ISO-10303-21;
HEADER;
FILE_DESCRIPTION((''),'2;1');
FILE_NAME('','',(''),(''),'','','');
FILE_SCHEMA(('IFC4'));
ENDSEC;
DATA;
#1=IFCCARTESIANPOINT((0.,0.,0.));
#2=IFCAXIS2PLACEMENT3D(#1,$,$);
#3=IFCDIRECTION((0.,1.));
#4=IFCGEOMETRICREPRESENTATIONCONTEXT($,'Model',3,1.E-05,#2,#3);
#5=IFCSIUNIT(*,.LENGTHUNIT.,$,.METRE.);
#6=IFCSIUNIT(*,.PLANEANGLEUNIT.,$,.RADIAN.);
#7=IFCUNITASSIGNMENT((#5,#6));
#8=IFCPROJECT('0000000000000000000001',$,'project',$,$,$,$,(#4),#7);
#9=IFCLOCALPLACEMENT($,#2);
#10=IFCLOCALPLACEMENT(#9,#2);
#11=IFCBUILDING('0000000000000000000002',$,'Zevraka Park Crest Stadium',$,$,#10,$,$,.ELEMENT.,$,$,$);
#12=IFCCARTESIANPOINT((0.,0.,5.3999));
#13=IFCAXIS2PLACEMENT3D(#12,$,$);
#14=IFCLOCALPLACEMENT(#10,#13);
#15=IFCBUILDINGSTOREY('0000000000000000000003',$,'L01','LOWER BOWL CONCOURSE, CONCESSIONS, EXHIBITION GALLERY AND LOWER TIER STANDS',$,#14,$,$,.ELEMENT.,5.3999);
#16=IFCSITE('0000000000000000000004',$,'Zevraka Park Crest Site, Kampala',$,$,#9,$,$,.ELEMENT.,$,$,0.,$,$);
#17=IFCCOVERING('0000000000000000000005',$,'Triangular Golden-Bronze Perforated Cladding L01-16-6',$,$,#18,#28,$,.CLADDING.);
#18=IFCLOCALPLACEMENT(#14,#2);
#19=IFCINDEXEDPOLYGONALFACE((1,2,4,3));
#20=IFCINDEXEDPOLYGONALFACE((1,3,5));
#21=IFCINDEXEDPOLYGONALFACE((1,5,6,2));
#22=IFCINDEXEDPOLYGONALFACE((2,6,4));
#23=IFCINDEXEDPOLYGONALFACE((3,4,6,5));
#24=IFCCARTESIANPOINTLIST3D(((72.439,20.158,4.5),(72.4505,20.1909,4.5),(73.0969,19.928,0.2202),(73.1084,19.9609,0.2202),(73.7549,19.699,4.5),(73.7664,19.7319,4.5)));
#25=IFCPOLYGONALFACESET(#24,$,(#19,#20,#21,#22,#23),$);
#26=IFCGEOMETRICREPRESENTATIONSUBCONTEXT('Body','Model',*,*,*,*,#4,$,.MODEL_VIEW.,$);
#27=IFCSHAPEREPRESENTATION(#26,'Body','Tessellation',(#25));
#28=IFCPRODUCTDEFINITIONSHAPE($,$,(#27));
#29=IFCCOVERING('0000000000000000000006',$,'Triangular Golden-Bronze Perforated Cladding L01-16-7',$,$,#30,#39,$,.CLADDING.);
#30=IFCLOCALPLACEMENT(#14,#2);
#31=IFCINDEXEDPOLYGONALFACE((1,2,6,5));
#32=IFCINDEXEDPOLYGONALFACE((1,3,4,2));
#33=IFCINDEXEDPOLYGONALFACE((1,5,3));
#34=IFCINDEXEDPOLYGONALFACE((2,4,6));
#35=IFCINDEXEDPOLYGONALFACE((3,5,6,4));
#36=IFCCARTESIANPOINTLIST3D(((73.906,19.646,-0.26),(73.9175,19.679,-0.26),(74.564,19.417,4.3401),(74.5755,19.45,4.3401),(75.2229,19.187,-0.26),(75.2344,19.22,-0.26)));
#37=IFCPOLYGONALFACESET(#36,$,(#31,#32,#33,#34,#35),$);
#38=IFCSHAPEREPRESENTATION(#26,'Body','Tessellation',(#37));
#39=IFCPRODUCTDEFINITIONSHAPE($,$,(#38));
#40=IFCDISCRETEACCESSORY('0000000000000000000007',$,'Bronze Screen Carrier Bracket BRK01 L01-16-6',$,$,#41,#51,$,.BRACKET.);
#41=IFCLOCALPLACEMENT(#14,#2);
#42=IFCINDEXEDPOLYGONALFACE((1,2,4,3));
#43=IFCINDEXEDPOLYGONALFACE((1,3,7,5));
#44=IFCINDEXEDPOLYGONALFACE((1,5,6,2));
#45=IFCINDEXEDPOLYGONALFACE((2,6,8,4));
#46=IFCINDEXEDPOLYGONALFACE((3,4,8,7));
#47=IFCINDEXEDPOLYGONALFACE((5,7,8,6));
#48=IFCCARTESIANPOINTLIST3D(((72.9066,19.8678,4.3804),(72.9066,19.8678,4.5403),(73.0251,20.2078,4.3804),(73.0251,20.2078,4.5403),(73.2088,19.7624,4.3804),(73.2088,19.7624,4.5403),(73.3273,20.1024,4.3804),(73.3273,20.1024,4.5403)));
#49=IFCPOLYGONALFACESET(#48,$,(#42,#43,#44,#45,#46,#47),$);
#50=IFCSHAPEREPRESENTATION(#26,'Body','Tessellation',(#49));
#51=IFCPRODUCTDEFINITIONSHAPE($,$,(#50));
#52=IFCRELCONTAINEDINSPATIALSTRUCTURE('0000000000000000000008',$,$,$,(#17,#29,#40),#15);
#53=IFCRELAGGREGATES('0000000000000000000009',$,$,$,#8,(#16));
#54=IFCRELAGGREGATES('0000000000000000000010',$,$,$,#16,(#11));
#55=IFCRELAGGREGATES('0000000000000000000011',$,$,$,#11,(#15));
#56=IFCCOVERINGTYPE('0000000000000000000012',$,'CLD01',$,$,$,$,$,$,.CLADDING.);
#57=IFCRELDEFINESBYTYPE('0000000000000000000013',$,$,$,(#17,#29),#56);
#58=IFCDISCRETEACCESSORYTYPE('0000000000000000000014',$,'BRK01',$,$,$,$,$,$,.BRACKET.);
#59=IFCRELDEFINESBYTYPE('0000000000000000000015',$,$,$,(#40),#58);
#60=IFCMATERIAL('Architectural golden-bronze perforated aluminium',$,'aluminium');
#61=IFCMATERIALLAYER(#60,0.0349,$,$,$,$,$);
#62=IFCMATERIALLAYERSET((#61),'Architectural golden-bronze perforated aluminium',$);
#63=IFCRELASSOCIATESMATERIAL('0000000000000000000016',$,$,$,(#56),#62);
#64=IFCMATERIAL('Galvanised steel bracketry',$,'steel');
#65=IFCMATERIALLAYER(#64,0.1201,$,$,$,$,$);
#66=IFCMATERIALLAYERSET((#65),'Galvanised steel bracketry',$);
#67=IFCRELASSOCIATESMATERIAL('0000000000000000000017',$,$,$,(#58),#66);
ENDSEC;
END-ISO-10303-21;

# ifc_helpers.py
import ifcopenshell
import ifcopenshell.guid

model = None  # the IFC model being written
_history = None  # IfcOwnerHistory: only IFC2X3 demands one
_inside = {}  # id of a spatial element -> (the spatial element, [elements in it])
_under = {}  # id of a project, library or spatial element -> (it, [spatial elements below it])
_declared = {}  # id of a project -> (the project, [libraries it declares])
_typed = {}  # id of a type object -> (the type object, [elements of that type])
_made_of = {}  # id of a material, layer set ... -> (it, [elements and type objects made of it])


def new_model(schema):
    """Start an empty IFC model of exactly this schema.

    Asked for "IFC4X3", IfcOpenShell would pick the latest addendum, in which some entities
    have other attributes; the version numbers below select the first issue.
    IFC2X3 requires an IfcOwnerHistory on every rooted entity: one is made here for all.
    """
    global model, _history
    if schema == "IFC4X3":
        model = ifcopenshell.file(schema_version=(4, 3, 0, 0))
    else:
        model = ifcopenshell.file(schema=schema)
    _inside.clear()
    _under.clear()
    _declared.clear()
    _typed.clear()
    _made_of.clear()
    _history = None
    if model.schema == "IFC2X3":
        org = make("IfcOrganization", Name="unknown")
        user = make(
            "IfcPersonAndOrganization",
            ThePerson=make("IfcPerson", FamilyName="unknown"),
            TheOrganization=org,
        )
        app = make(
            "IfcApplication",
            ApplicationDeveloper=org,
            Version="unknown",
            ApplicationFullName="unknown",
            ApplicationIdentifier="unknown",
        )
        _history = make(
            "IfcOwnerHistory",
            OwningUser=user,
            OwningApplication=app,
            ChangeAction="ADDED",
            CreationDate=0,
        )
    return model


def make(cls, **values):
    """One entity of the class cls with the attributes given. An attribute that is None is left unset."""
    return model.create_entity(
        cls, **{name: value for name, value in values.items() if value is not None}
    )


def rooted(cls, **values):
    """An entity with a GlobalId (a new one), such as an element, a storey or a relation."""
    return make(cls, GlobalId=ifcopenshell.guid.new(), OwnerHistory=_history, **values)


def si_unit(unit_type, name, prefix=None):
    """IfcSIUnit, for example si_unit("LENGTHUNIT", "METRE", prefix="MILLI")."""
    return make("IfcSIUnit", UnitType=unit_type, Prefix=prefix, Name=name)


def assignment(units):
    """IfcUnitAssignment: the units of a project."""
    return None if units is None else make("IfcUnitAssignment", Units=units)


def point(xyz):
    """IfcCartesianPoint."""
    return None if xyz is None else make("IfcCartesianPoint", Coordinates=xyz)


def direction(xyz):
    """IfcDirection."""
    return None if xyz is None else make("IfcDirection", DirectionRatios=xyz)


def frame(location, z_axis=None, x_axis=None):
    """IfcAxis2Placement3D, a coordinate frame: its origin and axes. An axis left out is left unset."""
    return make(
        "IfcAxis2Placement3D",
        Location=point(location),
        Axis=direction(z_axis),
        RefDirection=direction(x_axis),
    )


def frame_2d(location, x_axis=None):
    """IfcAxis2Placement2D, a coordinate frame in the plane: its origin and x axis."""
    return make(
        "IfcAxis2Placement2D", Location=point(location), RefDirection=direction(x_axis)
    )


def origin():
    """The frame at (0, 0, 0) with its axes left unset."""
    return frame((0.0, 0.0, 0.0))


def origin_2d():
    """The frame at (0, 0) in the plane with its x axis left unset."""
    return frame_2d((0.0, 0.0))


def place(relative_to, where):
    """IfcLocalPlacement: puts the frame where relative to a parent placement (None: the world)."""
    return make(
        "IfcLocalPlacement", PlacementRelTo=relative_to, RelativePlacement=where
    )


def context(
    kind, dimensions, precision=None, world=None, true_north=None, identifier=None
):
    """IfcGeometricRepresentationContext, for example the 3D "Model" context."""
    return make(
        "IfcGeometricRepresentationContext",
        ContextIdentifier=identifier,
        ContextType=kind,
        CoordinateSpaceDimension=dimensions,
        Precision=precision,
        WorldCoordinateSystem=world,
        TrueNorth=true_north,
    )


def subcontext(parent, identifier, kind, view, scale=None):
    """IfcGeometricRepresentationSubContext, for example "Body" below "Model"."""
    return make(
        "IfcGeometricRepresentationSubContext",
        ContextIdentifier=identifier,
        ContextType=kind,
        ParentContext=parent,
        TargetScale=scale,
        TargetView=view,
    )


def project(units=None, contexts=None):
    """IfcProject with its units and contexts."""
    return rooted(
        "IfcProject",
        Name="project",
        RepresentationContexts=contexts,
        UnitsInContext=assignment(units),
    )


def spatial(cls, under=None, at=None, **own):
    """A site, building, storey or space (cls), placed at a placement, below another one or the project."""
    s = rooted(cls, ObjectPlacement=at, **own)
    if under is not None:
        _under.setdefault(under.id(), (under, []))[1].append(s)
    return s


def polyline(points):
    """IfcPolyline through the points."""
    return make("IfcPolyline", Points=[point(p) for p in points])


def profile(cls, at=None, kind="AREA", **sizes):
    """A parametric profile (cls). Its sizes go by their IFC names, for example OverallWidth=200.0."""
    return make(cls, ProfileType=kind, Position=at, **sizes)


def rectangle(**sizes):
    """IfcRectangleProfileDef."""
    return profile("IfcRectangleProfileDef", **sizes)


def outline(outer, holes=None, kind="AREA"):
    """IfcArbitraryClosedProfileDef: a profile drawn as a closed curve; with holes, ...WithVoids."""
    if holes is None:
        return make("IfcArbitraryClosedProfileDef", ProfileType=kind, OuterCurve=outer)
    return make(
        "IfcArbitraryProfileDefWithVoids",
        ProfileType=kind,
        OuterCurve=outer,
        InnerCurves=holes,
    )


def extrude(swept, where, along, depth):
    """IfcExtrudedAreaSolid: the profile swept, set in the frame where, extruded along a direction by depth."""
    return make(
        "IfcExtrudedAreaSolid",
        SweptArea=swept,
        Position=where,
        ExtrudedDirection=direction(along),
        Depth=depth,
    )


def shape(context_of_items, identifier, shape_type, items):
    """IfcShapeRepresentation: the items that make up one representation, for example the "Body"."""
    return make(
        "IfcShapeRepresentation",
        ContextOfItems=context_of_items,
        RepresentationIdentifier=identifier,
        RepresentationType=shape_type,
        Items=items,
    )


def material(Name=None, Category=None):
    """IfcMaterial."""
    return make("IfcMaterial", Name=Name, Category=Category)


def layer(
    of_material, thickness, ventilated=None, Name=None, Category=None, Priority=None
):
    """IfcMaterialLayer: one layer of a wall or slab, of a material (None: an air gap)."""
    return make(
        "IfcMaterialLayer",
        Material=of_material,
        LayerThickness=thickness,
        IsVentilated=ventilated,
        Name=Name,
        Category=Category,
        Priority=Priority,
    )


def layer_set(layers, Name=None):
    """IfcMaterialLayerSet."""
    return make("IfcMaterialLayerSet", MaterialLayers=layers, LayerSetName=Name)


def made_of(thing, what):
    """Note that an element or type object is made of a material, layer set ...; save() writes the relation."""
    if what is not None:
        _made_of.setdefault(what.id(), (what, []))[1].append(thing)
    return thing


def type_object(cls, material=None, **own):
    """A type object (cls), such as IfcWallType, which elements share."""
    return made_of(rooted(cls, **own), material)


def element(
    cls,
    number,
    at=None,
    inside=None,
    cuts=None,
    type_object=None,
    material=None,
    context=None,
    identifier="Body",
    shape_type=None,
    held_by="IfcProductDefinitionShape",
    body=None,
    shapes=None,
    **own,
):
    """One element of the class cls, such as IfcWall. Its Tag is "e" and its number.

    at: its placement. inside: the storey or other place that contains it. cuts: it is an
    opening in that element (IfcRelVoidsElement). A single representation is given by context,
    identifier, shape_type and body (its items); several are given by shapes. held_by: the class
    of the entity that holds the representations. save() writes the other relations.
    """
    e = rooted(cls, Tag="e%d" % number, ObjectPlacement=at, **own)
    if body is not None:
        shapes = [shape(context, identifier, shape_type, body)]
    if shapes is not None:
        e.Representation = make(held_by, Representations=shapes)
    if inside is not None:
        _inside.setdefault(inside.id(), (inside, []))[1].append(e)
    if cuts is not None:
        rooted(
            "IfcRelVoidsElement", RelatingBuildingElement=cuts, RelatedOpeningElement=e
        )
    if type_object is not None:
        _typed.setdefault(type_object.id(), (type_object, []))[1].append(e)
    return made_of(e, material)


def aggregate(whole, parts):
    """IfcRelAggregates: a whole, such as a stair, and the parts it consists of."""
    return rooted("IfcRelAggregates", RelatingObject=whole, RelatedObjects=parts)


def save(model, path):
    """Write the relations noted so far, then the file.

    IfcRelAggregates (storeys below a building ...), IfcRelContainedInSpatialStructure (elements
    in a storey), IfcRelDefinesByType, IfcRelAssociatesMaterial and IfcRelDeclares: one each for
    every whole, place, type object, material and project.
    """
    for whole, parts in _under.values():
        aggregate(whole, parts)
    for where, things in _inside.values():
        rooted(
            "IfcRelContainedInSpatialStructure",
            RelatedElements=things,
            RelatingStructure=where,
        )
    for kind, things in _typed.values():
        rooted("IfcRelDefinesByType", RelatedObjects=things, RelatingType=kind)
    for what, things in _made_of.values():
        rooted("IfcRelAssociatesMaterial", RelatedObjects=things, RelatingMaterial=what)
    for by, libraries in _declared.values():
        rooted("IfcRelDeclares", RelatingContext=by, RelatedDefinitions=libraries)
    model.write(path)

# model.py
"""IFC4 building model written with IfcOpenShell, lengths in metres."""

from ifc_helpers import new_model, si_unit, direction, frame, origin, origin_2d, place, context, subcontext, project, spatial, polyline, rectangle, outline, extrude, material, layer, layer_set, type_object, element, save


model = new_model("IFC4")

# Units and contexts
model_context = context("Model", 3, precision=1e-05, world=origin(), true_north=direction((0.0, 1.0)))
body_context = subcontext(model_context, "Body", "Model", "MODEL_VIEW")
ifc_project = project(units=[si_unit("LENGTHUNIT", "METRE"), si_unit("PLANEANGLEUNIT", "RADIAN")], contexts=[model_context])

# Site, building, storey
site_placement = place(None, origin())
site = spatial("IfcSite", under=ifc_project, at=site_placement, Name="Zevraka Park Crest Site, Kampala", CompositionType="ELEMENT", RefElevation=0.0)
building_placement = place(site_placement, origin())
building = spatial("IfcBuilding", under=site, at=building_placement, Name="Zevraka Park Crest Stadium", CompositionType="ELEMENT")
storey_placement = place(building_placement, frame((0.0, 0.0, 5.3999)))
storey = spatial("IfcBuildingStorey", under=building, at=storey_placement, Name="L01", Description="LOWER BOWL CONCOURSE, CONCESSIONS, EXHIBITION GALLERY AND LOWER TIER STANDS", CompositionType="ELEMENT", Elevation=5.3999)

# Coverings
ifc_material_1 = material(Name="Architectural golden-bronze perforated aluminium", Category="aluminium")
ifc_layer_1 = layer(ifc_material_1, 0.0349)
ifc_layer_set_1 = layer_set([ifc_layer_1], Name="Architectural golden-bronze perforated aluminium")
covering_type = type_object("IfcCoveringType", Name="CLD01", PredefinedType="CLADDING", material=ifc_layer_set_1)
covering_1_placement = place(storey_placement, frame((73.7549, 19.699, 4.5), z_axis=(-0.329336, -0.944213, 0.000108), x_axis=(-0.944213, 0.329336, 0.0)))
element("IfcCovering", 1, at=covering_1_placement, inside=storey, type_object=covering_type, Name="Triangular Golden-Bronze Perforated Cladding L01-16-6", PredefinedType="CLADDING", context=body_context, shape_type="SweptSolid", body=[
    extrude(outline(polyline([(0.0, 0.0), (1.3937, 0.0), (0.6967, 4.2798), (0.0, 0.0)])), origin(), (0.0, 0.0, -1.0), 0.0349),
])
covering_2_placement = place(storey_placement, frame((73.906, 19.646, -0.26), z_axis=(-0.329118, -0.944289, 0.000065), x_axis=(0.944289, -0.329118, 0.0)))
element("IfcCovering", 2, at=covering_2_placement, inside=storey, type_object=covering_type, Name="Triangular Golden-Bronze Perforated Cladding L01-16-7", PredefinedType="CLADDING", context=body_context, shape_type="SweptSolid", body=[
    extrude(outline(polyline([(0.0, 0.0), (1.3946, 0.0), (0.6967, 4.6001), (0.0, 0.0)])), origin(), (0.0, 0.0, -1.0), 0.0349),
])

# Discrete accessory
ifc_material_2 = material(Name="Galvanised steel bracketry", Category="steel")
ifc_layer_2 = layer(ifc_material_2, 0.1201)
ifc_layer_set_2 = layer_set([ifc_layer_2], Name="Galvanised steel bracketry")
discrete_accessory_type = type_object("IfcDiscreteAccessoryType", Name="BRK01", PredefinedType="BRACKET", material=ifc_layer_set_2)
discrete_accessory_placement = place(storey_placement, frame((73.1169, 19.9851, 4.3804), z_axis=(0.0, 0.0, 1.0), x_axis=(0.944262, -0.329196, 0.0)))
element("IfcDiscreteAccessory", 3, at=discrete_accessory_placement, inside=storey, type_object=discrete_accessory_type, Name="Bronze Screen Carrier Bracket BRK01 L01-16-6", PredefinedType="BRACKET", context=body_context, shape_type="SweptSolid", body=[
    extrude(rectangle(XDim=0.3201, YDim=0.3601, at=origin_2d()), origin(), (0.0, 0.0, 1.0), 0.1599),
])

save(model, "model.ifc")
